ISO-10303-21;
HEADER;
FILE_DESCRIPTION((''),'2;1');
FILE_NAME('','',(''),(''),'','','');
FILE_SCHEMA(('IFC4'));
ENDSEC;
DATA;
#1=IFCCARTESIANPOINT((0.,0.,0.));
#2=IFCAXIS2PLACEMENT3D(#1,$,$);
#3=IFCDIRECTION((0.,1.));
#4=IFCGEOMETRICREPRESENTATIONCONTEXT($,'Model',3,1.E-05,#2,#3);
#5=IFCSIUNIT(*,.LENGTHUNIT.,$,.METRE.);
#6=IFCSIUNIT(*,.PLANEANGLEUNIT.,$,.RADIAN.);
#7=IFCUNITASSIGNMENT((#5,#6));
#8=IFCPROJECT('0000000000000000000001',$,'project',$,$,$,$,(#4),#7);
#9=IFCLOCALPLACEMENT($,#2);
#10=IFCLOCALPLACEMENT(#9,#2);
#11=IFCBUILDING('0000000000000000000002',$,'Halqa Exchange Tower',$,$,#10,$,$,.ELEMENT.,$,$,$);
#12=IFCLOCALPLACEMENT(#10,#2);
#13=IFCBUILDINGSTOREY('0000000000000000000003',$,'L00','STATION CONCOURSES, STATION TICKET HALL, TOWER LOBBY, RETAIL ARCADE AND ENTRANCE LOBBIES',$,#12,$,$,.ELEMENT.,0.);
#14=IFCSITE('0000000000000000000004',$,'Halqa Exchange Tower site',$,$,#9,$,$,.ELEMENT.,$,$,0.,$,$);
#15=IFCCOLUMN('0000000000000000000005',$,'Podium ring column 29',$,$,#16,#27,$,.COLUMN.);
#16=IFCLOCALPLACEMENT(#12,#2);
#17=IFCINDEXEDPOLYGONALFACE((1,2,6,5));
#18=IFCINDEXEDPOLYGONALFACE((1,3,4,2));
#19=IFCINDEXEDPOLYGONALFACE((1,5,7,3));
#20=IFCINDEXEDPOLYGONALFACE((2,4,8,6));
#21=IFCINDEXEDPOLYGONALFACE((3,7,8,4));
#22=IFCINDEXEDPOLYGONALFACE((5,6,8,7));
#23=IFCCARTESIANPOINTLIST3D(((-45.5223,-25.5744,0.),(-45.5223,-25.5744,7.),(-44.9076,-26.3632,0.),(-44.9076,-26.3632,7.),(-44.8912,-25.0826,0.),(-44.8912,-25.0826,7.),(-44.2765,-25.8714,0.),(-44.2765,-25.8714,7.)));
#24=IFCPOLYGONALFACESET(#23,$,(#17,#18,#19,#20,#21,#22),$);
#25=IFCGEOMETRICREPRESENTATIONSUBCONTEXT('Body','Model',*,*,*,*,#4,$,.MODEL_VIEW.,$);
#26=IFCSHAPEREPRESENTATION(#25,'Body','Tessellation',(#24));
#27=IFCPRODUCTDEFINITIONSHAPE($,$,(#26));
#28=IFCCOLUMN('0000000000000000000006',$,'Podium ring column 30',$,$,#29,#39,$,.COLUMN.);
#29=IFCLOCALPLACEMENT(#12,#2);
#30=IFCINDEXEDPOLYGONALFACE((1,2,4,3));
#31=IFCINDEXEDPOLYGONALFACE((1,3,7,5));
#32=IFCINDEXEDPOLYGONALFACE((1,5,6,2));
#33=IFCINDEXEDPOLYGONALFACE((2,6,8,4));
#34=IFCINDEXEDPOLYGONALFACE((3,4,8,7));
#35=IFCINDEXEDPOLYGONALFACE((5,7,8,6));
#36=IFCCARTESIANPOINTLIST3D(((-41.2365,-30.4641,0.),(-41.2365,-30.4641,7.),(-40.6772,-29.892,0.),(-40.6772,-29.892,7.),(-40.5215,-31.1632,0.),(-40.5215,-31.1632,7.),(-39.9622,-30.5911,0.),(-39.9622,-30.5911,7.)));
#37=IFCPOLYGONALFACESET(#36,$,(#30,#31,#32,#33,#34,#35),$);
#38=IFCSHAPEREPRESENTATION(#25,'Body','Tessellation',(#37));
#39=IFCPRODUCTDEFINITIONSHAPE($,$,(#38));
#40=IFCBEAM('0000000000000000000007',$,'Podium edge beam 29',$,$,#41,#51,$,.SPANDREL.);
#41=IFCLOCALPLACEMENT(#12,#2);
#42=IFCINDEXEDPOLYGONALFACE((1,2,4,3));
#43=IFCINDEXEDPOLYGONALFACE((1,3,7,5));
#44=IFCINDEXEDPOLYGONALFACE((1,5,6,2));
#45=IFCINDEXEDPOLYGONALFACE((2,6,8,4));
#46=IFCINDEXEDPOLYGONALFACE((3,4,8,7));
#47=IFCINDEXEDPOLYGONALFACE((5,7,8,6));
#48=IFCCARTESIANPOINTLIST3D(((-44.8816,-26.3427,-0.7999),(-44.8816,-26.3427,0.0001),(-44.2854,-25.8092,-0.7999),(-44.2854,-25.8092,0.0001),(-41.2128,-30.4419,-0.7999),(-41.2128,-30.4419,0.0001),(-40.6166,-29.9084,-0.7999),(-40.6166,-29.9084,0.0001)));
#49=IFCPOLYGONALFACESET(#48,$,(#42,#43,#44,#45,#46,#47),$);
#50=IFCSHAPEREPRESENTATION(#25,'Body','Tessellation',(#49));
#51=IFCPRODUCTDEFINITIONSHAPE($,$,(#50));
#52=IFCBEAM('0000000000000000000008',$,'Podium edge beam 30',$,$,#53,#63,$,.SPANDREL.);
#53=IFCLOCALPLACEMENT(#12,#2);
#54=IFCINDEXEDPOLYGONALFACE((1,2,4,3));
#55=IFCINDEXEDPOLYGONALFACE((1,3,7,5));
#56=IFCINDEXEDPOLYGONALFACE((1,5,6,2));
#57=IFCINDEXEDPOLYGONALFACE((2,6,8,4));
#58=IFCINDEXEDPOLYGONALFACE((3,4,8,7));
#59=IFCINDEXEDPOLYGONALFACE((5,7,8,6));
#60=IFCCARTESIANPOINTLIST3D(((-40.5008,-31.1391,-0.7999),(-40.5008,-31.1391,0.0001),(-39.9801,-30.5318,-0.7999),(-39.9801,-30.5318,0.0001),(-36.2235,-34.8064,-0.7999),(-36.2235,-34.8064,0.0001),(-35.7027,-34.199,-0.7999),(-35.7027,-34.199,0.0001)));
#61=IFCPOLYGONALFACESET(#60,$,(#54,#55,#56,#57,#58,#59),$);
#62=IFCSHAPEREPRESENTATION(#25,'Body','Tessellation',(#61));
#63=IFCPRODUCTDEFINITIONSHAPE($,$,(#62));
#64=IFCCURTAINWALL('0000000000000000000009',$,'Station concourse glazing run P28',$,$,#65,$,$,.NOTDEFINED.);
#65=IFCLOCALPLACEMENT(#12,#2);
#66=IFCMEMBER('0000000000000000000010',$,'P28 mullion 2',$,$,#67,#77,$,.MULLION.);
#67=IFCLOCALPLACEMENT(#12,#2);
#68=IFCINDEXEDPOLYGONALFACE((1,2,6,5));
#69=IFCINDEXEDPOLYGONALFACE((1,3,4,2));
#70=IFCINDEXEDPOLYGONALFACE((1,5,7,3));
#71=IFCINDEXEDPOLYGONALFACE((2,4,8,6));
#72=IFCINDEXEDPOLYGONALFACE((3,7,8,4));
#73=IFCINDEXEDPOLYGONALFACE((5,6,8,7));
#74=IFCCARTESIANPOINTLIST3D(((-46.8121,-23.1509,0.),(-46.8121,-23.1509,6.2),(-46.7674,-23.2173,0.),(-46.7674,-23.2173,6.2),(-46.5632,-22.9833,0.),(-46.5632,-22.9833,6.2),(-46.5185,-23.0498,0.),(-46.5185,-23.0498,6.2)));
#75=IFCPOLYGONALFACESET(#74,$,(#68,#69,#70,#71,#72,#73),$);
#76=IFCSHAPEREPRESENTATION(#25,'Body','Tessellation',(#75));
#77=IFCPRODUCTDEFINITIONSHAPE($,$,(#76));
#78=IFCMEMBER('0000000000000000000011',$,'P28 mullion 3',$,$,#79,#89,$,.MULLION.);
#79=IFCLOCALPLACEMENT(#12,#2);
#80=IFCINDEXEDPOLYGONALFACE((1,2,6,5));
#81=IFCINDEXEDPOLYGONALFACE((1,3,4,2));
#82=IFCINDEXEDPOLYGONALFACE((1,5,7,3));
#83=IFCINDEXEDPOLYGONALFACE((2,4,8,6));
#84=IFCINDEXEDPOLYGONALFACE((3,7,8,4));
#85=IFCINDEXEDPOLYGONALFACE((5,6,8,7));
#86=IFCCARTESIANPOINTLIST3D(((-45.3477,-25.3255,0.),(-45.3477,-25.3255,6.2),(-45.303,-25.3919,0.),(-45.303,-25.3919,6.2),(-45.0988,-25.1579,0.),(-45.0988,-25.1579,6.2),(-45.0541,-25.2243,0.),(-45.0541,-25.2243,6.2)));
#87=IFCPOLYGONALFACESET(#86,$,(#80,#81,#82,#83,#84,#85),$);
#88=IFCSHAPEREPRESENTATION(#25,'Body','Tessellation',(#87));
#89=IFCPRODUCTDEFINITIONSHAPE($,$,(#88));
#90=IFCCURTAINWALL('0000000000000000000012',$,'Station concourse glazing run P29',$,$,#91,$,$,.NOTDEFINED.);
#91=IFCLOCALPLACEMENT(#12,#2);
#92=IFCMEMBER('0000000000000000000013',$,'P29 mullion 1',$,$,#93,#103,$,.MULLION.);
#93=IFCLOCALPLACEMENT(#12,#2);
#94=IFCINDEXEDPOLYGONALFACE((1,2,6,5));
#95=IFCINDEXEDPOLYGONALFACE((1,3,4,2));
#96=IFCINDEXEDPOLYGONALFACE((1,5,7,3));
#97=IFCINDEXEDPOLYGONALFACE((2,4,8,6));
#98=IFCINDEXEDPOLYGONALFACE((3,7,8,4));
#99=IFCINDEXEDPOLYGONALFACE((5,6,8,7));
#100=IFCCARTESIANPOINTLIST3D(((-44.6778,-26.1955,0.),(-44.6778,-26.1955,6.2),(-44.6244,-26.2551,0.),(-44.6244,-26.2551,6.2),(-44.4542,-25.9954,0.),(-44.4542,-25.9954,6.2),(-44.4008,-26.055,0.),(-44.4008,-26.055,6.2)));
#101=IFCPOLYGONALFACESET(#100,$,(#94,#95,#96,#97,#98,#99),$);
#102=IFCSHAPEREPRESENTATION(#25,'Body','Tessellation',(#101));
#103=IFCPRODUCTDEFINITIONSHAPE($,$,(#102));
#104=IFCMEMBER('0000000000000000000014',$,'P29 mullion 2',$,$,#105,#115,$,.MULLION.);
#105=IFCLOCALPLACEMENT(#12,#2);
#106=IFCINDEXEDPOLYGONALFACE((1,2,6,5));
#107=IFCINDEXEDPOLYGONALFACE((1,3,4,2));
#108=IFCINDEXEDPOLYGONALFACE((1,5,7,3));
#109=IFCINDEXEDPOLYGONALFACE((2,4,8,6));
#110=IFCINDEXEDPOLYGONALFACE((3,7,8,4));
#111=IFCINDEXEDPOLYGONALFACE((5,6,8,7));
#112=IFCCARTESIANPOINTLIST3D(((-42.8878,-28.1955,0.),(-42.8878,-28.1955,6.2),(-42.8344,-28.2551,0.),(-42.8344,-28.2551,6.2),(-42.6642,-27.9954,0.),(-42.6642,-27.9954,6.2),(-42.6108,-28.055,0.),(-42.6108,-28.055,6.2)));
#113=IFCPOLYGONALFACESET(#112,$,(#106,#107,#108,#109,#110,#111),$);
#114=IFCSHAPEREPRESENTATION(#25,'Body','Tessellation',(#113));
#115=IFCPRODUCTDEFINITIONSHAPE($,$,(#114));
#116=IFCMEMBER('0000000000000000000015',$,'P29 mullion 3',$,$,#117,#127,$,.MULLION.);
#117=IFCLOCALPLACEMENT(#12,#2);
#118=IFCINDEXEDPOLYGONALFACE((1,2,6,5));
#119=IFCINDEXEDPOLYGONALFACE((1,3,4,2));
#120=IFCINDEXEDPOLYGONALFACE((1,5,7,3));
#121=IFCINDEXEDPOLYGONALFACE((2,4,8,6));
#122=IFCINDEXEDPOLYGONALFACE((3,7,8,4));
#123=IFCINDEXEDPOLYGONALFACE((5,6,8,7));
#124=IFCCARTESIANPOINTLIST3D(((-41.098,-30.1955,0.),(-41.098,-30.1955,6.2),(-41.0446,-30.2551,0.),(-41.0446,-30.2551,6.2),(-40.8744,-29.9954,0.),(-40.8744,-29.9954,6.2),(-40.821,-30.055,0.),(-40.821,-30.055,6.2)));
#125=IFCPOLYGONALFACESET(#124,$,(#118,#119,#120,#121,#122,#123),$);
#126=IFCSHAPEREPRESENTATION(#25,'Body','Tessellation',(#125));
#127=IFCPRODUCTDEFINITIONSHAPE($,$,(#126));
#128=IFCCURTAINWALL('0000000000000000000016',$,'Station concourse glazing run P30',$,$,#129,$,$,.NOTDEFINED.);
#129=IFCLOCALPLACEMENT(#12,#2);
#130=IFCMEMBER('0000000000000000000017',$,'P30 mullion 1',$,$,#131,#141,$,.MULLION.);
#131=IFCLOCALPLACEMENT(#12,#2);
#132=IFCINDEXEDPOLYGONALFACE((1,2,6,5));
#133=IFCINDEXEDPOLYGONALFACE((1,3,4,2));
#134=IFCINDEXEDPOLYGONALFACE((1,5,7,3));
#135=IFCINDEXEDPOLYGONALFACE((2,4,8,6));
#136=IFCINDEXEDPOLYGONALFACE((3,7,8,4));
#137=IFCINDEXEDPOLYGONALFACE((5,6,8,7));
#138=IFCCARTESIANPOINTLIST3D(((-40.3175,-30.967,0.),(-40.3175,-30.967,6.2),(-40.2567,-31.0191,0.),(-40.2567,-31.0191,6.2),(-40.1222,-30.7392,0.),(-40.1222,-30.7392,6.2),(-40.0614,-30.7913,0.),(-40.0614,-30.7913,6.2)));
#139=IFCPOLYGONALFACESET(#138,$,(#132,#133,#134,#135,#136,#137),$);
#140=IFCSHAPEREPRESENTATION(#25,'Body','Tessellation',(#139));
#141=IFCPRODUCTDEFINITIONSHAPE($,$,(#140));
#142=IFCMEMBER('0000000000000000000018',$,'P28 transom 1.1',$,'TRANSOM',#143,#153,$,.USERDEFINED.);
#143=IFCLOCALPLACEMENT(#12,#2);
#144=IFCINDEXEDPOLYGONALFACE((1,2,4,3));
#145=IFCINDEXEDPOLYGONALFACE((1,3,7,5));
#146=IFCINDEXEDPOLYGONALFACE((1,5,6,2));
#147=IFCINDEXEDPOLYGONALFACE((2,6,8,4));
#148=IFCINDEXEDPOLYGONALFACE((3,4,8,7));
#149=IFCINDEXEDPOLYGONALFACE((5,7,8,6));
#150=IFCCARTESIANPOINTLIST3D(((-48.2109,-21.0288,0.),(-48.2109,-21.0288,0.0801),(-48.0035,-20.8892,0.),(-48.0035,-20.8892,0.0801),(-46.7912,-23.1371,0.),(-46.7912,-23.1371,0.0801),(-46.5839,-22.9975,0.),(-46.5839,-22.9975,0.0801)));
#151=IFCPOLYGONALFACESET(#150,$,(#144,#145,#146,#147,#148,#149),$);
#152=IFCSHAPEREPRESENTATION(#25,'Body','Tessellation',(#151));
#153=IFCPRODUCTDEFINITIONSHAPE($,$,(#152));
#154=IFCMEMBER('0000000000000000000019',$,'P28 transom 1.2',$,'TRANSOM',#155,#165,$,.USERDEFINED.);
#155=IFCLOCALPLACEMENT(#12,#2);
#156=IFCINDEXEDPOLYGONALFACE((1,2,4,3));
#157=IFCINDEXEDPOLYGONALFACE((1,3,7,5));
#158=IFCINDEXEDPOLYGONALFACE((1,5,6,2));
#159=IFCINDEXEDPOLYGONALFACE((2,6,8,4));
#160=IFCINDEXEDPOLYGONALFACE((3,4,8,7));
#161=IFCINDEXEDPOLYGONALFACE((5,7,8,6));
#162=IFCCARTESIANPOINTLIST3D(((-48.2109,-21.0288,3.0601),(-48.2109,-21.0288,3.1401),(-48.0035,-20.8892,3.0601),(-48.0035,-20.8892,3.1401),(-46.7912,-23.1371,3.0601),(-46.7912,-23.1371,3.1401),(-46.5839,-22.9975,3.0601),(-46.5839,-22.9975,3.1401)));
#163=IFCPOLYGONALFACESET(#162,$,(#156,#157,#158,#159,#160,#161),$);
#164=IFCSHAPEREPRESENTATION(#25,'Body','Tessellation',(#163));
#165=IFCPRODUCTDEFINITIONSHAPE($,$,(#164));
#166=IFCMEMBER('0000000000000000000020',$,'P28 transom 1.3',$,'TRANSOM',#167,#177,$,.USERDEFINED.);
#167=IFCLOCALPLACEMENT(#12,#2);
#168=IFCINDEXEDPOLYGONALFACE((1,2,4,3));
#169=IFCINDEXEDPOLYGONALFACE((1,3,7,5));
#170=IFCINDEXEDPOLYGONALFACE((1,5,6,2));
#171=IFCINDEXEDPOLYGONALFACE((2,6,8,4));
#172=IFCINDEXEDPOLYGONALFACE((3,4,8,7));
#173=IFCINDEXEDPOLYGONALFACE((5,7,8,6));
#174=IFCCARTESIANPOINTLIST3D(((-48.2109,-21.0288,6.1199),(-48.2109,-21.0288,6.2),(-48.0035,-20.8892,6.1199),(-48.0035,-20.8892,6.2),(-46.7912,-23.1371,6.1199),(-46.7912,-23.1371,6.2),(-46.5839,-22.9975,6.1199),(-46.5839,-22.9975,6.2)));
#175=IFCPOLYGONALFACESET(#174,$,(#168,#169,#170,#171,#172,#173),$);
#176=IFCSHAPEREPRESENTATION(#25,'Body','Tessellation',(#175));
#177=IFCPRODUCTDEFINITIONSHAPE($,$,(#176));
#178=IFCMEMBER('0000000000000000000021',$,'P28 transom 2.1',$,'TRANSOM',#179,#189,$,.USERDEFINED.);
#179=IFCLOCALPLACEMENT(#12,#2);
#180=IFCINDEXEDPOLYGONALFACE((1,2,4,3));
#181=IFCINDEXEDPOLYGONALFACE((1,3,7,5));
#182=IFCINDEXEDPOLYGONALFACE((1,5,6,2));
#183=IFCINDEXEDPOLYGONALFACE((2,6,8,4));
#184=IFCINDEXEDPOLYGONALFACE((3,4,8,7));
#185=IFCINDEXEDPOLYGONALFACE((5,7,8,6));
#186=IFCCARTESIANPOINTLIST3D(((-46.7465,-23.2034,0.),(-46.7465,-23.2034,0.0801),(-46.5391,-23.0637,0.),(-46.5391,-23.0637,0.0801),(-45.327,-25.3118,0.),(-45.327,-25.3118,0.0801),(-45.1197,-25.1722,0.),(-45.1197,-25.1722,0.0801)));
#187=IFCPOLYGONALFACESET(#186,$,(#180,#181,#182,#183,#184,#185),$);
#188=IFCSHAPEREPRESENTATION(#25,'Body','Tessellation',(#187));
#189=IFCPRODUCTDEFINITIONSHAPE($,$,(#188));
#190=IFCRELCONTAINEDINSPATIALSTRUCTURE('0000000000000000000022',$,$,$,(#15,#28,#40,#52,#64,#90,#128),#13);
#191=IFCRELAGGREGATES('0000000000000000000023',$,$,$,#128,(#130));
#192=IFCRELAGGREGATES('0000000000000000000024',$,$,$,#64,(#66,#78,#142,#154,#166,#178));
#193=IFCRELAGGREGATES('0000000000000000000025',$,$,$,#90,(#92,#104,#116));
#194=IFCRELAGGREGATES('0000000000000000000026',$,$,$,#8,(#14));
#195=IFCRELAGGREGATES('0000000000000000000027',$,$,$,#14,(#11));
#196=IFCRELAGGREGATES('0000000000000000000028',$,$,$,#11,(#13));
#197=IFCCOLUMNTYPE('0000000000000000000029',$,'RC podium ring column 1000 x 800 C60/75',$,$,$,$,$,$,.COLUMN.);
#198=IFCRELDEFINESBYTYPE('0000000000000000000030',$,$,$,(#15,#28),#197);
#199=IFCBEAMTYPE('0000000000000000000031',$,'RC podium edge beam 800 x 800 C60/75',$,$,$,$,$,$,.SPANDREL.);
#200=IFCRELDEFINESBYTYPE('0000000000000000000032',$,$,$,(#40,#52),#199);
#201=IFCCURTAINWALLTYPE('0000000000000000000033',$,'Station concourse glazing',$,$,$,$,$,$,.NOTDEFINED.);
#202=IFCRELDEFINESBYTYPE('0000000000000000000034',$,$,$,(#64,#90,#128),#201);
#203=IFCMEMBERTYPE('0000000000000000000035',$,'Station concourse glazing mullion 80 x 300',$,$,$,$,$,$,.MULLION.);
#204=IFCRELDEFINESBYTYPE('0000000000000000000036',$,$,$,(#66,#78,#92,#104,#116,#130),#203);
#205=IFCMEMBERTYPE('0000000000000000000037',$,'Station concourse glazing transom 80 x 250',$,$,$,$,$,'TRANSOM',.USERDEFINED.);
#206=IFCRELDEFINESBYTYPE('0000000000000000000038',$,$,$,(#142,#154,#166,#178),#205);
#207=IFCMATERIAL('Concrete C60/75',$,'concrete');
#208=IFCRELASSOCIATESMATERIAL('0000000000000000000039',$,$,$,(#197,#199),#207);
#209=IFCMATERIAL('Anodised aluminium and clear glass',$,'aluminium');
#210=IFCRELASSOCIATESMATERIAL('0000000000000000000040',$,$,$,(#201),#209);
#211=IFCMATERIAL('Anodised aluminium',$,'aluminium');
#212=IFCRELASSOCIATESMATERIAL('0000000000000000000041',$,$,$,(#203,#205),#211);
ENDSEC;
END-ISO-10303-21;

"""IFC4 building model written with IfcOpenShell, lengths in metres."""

from ifc_helpers import new_model, si_unit, direction, frame, origin, origin_2d, place, context, subcontext, project, spatial, rectangle, extrude, material, material_profile, profile_set, type_object, element, aggregate, save


model = new_model("IFC4")

# Units and contexts
model_context = context("Model", 3, precision=1e-05, world=origin(), true_north=direction((0.0, 1.0)))
body_context = subcontext(model_context, "Body", "Model", "MODEL_VIEW")
ifc_project = project(units=[si_unit("LENGTHUNIT", "METRE"), si_unit("PLANEANGLEUNIT", "RADIAN")], contexts=[model_context])

# Site, building, storey
site_placement = place(None, origin())
site = spatial("IfcSite", under=ifc_project, at=site_placement, Name="Halqa Exchange Tower site", CompositionType="ELEMENT", RefElevation=0.0)
building_placement = place(site_placement, origin())
building = spatial("IfcBuilding", under=site, at=building_placement, Name="Halqa Exchange Tower", CompositionType="ELEMENT")
storey_placement = place(building_placement, origin())
storey = spatial("IfcBuildingStorey", under=building, at=storey_placement, Name="L00", Description="STATION CONCOURSES, STATION TICKET HALL, TOWER LOBBY, RETAIL ARCADE AND ENTRANCE LOBBIES", CompositionType="ELEMENT", Elevation=0.0)

# Columns
ifc_material_1 = material(Name="Concrete C60/75", Category="concrete")
ifc_material_profile_1 = material_profile(ifc_material_1, rectangle(XDim=1.0, YDim=0.8, at=origin_2d()), Name="1000 x 800")
ifc_profile_set_1 = profile_set([ifc_material_profile_1], Name="Concrete C60/75")
column_type = type_object("IfcColumnType", Name="RC podium ring column 1000 x 800 C60/75", PredefinedType="COLUMN", material=ifc_profile_set_1)
for number, where, z_axis, x_axis, name in (
    (1, (-44.8994, -25.7229, 0.0), (0.0, 0.0, 1.0), (0.614691, -0.788768, 0.0), "Podium ring column 29"),
    (2, (-40.5994, -30.5276, 0.0), (0.0, 0.0, 1.0), (0.715039, -0.699085, 0.0), "Podium ring column 30"),
):
    element("IfcColumn", number, at=place(storey_placement, frame(where, z_axis=z_axis, x_axis=x_axis)), inside=storey, type_object=column_type, Name=name, PredefinedType="COLUMN", context=body_context, shape_type="SweptSolid", body=[
        extrude(rectangle(XDim=1.0, YDim=0.8, at=origin_2d()), origin(), (0.0, 0.0, 1.0), 7.0),
    ])

# Beams
ifc_material_profile_2 = material_profile(ifc_material_1, rectangle(XDim=0.8, YDim=0.8, at=origin_2d()), Name="800 x 800")
ifc_profile_set_2 = profile_set([ifc_material_profile_2], Name="Concrete C60/75")
beam_type = type_object("IfcBeamType", Name="RC podium edge beam 800 x 800 C60/75", PredefinedType="SPANDREL", material=ifc_profile_set_2)
beam_1_placement = place(storey_placement, frame((-44.5835, -26.0759, -0.3999), z_axis=(0.666903, -0.745145, 0.0), x_axis=(0.745145, 0.666903, 0.0)))
element("IfcBeam", 3, at=beam_1_placement, inside=storey, type_object=beam_type, Name="Podium edge beam 29", PredefinedType="SPANDREL", context=body_context, shape_type="SweptSolid", body=[
    extrude(rectangle(XDim=0.8, YDim=0.8, at=origin_2d()), origin(), (0.0, 0.0, 1.0), 5.5012),
])
beam_2_placement = place(storey_placement, frame((-40.2405, -30.8354, -0.3999), z_axis=(0.759174, -0.650888, 0.0), x_axis=(0.650888, 0.759174, 0.0)))
element("IfcBeam", 4, at=beam_2_placement, inside=storey, type_object=beam_type, Name="Podium edge beam 30", PredefinedType="SPANDREL", context=body_context, shape_type="SweptSolid", body=[
    extrude(rectangle(XDim=0.8, YDim=0.8, at=origin_2d()), origin(), (0.0, 0.0, 1.0), 5.6343),
])

# Curtain walls, members
ifc_material_2 = material(Name="Anodised aluminium and clear glass", Category="aluminium")
curtain_wall_type = type_object("IfcCurtainWallType", Name="Station concourse glazing", PredefinedType="NOTDEFINED", material=ifc_material_2)
curtain_wall_1_placement = place(storey_placement, origin())
curtain_wall_1 = element("IfcCurtainWall", 5, at=curtain_wall_1_placement, inside=storey, type_object=curtain_wall_type, Name="Station concourse glazing run P28", PredefinedType="NOTDEFINED")
ifc_material_3 = material(Name="Anodised aluminium", Category="aluminium")
ifc_material_profile_3 = material_profile(ifc_material_3, rectangle(XDim=0.3, YDim=0.0801, at=origin_2d()), Name="AL 80x300")
ifc_profile_set_3 = profile_set([ifc_material_profile_3], Name="Anodised aluminium")
member_type_1 = type_object("IfcMemberType", Name="Station concourse glazing mullion 80 x 300", PredefinedType="MULLION", material=ifc_profile_set_3)
member_1_placement = place(storey_placement, frame((-46.6653, -23.1003, 0.0), z_axis=(0.0, 0.0, 1.0), x_axis=(0.82949, 0.558522, 0.0)))
member_1 = element("IfcMember", 6, at=member_1_placement, type_object=member_type_1, Name="P28 mullion 2", PredefinedType="MULLION", context=body_context, shape_type="SweptSolid", body=[
    extrude(rectangle(XDim=0.3, YDim=0.0801, at=origin_2d()), origin(), (0.0, 0.0, 1.0), 6.2),
])
member_2_placement = place(storey_placement, frame((-45.2009, -25.2749, 0.0), z_axis=(0.0, 0.0, 1.0), x_axis=(0.82949, 0.558522, 0.0)))
member_2 = element("IfcMember", 7, at=member_2_placement, type_object=member_type_1, Name="P28 mullion 3", PredefinedType="MULLION", context=body_context, shape_type="SweptSolid", body=[
    extrude(rectangle(XDim=0.3, YDim=0.0801, at=origin_2d()), origin(), (0.0, 0.0, 1.0), 6.2),
])
curtain_wall_2_placement = place(storey_placement, origin())
curtain_wall_2 = element("IfcCurtainWall", 8, at=curtain_wall_2_placement, inside=storey, type_object=curtain_wall_type, Name="Station concourse glazing run P29", PredefinedType="NOTDEFINED")
member_3_placement = place(storey_placement, frame((-44.5393, -26.1252, 0.0), z_axis=(0.0, 0.0, 1.0), x_axis=(0.745148, 0.666899, 0.0)))
member_3 = element("IfcMember", 9, at=member_3_placement, type_object=member_type_1, Name="P29 mullion 1", PredefinedType="MULLION", context=body_context, shape_type="SweptSolid", body=[
    extrude(rectangle(XDim=0.3, YDim=0.0801, at=origin_2d()), origin(), (0.0, 0.0, 1.0), 6.2),
])
member_4_placement = place(storey_placement, frame((-42.7493, -28.1252, 0.0), z_axis=(0.0, 0.0, 1.0), x_axis=(0.745148, 0.666899, 0.0)))
member_4 = element("IfcMember", 10, at=member_4_placement, type_object=member_type_1, Name="P29 mullion 2", PredefinedType="MULLION", context=body_context, shape_type="SweptSolid", body=[
    extrude(rectangle(XDim=0.3, YDim=0.0801, at=origin_2d()), origin(), (0.0, 0.0, 1.0), 6.2),
])
member_5_placement = place(storey_placement, frame((-40.9595, -30.1252, 0.0), z_axis=(0.0, 0.0, 1.0), x_axis=(0.745148, 0.666899, 0.0)))
member_5 = element("IfcMember", 11, at=member_5_placement, type_object=member_type_1, Name="P29 mullion 3", PredefinedType="MULLION", context=body_context, shape_type="SweptSolid", body=[
    extrude(rectangle(XDim=0.3, YDim=0.0801, at=origin_2d()), origin(), (0.0, 0.0, 1.0), 6.2),
])

# Curtain wall, member
curtain_wall_3_placement = place(storey_placement, origin())
curtain_wall_3 = element("IfcCurtainWall", 12, at=curtain_wall_3_placement, inside=storey, type_object=curtain_wall_type, Name="Station concourse glazing run P30", PredefinedType="NOTDEFINED")
member_6_placement = place(storey_placement, frame((-40.1895, -30.8792, 0.0), z_axis=(0.0, 0.0, 1.0), x_axis=(0.650911, 0.759154, 0.0)))
member_6 = element("IfcMember", 13, at=member_6_placement, type_object=member_type_1, Name="P30 mullion 1", PredefinedType="MULLION", context=body_context, shape_type="SweptSolid", body=[
    extrude(rectangle(XDim=0.3, YDim=0.0801, at=origin_2d()), origin(), (0.0, 0.0, 1.0), 6.2),
])

# Members
ifc_material_profile_4 = material_profile(ifc_material_3, rectangle(XDim=0.25, YDim=0.0801, at=origin_2d()), Name="AL 80x250")
ifc_profile_set_4 = profile_set([ifc_material_profile_4], Name="Anodised aluminium")
member_type_2 = type_object("IfcMemberType", Name="Station concourse glazing transom 80 x 250", ElementType="TRANSOM", PredefinedType="USERDEFINED", material=ifc_profile_set_4)
member_7_placement = place(storey_placement, frame((-48.1072, -20.959, 0.04), z_axis=(0.558529, -0.829485, 0.0), x_axis=(0.829485, 0.558529, 0.0)))
member_7 = element("IfcMember", 14, at=member_7_placement, type_object=member_type_2, Name="P28 transom 1.1", ObjectType="TRANSOM", PredefinedType="USERDEFINED", context=body_context, shape_type="SweptSolid", body=[
    extrude(rectangle(XDim=0.25, YDim=0.0801, at=origin_2d()), origin(), (0.0, 0.0, 1.0), 2.5417),
])
member_8_placement = place(storey_placement, frame((-48.1072, -20.959, 3.1001), z_axis=(0.558529, -0.829485, 0.0), x_axis=(0.829485, 0.558529, 0.0)))
member_8 = element("IfcMember", 15, at=member_8_placement, type_object=member_type_2, Name="P28 transom 1.2", ObjectType="TRANSOM", PredefinedType="USERDEFINED", context=body_context, shape_type="SweptSolid", body=[
    extrude(rectangle(XDim=0.25, YDim=0.0801, at=origin_2d()), origin(), (0.0, 0.0, 1.0), 2.5417),
])
member_9_placement = place(storey_placement, frame((-48.1072, -20.959, 6.1599), z_axis=(0.558529, -0.829485, 0.0), x_axis=(0.829485, 0.558529, 0.0)))
member_9 = element("IfcMember", 16, at=member_9_placement, type_object=member_type_2, Name="P28 transom 1.3", ObjectType="TRANSOM", PredefinedType="USERDEFINED", context=body_context, shape_type="SweptSolid", body=[
    extrude(rectangle(XDim=0.25, YDim=0.0801, at=origin_2d()), origin(), (0.0, 0.0, 1.0), 2.5417),
])
member_10_placement = place(storey_placement, frame((-46.6428, -23.1335, 0.04), z_axis=(0.558463, -0.82953, 0.0), x_axis=(0.82953, 0.558463, 0.0)))
member_10 = element("IfcMember", 17, at=member_10_placement, type_object=member_type_2, Name="P28 transom 2.1", ObjectType="TRANSOM", PredefinedType="USERDEFINED", context=body_context, shape_type="SweptSolid", body=[
    extrude(rectangle(XDim=0.25, YDim=0.0801, at=origin_2d()), origin(), (0.0, 0.0, 1.0), 2.5417),
])
aggregate(curtain_wall_3, [member_6])

aggregate(curtain_wall_1, [member_1, member_2, member_7, member_8, member_9, member_10])
aggregate(curtain_wall_2, [member_3, member_4, member_5])

save(model, "model.ifc")
